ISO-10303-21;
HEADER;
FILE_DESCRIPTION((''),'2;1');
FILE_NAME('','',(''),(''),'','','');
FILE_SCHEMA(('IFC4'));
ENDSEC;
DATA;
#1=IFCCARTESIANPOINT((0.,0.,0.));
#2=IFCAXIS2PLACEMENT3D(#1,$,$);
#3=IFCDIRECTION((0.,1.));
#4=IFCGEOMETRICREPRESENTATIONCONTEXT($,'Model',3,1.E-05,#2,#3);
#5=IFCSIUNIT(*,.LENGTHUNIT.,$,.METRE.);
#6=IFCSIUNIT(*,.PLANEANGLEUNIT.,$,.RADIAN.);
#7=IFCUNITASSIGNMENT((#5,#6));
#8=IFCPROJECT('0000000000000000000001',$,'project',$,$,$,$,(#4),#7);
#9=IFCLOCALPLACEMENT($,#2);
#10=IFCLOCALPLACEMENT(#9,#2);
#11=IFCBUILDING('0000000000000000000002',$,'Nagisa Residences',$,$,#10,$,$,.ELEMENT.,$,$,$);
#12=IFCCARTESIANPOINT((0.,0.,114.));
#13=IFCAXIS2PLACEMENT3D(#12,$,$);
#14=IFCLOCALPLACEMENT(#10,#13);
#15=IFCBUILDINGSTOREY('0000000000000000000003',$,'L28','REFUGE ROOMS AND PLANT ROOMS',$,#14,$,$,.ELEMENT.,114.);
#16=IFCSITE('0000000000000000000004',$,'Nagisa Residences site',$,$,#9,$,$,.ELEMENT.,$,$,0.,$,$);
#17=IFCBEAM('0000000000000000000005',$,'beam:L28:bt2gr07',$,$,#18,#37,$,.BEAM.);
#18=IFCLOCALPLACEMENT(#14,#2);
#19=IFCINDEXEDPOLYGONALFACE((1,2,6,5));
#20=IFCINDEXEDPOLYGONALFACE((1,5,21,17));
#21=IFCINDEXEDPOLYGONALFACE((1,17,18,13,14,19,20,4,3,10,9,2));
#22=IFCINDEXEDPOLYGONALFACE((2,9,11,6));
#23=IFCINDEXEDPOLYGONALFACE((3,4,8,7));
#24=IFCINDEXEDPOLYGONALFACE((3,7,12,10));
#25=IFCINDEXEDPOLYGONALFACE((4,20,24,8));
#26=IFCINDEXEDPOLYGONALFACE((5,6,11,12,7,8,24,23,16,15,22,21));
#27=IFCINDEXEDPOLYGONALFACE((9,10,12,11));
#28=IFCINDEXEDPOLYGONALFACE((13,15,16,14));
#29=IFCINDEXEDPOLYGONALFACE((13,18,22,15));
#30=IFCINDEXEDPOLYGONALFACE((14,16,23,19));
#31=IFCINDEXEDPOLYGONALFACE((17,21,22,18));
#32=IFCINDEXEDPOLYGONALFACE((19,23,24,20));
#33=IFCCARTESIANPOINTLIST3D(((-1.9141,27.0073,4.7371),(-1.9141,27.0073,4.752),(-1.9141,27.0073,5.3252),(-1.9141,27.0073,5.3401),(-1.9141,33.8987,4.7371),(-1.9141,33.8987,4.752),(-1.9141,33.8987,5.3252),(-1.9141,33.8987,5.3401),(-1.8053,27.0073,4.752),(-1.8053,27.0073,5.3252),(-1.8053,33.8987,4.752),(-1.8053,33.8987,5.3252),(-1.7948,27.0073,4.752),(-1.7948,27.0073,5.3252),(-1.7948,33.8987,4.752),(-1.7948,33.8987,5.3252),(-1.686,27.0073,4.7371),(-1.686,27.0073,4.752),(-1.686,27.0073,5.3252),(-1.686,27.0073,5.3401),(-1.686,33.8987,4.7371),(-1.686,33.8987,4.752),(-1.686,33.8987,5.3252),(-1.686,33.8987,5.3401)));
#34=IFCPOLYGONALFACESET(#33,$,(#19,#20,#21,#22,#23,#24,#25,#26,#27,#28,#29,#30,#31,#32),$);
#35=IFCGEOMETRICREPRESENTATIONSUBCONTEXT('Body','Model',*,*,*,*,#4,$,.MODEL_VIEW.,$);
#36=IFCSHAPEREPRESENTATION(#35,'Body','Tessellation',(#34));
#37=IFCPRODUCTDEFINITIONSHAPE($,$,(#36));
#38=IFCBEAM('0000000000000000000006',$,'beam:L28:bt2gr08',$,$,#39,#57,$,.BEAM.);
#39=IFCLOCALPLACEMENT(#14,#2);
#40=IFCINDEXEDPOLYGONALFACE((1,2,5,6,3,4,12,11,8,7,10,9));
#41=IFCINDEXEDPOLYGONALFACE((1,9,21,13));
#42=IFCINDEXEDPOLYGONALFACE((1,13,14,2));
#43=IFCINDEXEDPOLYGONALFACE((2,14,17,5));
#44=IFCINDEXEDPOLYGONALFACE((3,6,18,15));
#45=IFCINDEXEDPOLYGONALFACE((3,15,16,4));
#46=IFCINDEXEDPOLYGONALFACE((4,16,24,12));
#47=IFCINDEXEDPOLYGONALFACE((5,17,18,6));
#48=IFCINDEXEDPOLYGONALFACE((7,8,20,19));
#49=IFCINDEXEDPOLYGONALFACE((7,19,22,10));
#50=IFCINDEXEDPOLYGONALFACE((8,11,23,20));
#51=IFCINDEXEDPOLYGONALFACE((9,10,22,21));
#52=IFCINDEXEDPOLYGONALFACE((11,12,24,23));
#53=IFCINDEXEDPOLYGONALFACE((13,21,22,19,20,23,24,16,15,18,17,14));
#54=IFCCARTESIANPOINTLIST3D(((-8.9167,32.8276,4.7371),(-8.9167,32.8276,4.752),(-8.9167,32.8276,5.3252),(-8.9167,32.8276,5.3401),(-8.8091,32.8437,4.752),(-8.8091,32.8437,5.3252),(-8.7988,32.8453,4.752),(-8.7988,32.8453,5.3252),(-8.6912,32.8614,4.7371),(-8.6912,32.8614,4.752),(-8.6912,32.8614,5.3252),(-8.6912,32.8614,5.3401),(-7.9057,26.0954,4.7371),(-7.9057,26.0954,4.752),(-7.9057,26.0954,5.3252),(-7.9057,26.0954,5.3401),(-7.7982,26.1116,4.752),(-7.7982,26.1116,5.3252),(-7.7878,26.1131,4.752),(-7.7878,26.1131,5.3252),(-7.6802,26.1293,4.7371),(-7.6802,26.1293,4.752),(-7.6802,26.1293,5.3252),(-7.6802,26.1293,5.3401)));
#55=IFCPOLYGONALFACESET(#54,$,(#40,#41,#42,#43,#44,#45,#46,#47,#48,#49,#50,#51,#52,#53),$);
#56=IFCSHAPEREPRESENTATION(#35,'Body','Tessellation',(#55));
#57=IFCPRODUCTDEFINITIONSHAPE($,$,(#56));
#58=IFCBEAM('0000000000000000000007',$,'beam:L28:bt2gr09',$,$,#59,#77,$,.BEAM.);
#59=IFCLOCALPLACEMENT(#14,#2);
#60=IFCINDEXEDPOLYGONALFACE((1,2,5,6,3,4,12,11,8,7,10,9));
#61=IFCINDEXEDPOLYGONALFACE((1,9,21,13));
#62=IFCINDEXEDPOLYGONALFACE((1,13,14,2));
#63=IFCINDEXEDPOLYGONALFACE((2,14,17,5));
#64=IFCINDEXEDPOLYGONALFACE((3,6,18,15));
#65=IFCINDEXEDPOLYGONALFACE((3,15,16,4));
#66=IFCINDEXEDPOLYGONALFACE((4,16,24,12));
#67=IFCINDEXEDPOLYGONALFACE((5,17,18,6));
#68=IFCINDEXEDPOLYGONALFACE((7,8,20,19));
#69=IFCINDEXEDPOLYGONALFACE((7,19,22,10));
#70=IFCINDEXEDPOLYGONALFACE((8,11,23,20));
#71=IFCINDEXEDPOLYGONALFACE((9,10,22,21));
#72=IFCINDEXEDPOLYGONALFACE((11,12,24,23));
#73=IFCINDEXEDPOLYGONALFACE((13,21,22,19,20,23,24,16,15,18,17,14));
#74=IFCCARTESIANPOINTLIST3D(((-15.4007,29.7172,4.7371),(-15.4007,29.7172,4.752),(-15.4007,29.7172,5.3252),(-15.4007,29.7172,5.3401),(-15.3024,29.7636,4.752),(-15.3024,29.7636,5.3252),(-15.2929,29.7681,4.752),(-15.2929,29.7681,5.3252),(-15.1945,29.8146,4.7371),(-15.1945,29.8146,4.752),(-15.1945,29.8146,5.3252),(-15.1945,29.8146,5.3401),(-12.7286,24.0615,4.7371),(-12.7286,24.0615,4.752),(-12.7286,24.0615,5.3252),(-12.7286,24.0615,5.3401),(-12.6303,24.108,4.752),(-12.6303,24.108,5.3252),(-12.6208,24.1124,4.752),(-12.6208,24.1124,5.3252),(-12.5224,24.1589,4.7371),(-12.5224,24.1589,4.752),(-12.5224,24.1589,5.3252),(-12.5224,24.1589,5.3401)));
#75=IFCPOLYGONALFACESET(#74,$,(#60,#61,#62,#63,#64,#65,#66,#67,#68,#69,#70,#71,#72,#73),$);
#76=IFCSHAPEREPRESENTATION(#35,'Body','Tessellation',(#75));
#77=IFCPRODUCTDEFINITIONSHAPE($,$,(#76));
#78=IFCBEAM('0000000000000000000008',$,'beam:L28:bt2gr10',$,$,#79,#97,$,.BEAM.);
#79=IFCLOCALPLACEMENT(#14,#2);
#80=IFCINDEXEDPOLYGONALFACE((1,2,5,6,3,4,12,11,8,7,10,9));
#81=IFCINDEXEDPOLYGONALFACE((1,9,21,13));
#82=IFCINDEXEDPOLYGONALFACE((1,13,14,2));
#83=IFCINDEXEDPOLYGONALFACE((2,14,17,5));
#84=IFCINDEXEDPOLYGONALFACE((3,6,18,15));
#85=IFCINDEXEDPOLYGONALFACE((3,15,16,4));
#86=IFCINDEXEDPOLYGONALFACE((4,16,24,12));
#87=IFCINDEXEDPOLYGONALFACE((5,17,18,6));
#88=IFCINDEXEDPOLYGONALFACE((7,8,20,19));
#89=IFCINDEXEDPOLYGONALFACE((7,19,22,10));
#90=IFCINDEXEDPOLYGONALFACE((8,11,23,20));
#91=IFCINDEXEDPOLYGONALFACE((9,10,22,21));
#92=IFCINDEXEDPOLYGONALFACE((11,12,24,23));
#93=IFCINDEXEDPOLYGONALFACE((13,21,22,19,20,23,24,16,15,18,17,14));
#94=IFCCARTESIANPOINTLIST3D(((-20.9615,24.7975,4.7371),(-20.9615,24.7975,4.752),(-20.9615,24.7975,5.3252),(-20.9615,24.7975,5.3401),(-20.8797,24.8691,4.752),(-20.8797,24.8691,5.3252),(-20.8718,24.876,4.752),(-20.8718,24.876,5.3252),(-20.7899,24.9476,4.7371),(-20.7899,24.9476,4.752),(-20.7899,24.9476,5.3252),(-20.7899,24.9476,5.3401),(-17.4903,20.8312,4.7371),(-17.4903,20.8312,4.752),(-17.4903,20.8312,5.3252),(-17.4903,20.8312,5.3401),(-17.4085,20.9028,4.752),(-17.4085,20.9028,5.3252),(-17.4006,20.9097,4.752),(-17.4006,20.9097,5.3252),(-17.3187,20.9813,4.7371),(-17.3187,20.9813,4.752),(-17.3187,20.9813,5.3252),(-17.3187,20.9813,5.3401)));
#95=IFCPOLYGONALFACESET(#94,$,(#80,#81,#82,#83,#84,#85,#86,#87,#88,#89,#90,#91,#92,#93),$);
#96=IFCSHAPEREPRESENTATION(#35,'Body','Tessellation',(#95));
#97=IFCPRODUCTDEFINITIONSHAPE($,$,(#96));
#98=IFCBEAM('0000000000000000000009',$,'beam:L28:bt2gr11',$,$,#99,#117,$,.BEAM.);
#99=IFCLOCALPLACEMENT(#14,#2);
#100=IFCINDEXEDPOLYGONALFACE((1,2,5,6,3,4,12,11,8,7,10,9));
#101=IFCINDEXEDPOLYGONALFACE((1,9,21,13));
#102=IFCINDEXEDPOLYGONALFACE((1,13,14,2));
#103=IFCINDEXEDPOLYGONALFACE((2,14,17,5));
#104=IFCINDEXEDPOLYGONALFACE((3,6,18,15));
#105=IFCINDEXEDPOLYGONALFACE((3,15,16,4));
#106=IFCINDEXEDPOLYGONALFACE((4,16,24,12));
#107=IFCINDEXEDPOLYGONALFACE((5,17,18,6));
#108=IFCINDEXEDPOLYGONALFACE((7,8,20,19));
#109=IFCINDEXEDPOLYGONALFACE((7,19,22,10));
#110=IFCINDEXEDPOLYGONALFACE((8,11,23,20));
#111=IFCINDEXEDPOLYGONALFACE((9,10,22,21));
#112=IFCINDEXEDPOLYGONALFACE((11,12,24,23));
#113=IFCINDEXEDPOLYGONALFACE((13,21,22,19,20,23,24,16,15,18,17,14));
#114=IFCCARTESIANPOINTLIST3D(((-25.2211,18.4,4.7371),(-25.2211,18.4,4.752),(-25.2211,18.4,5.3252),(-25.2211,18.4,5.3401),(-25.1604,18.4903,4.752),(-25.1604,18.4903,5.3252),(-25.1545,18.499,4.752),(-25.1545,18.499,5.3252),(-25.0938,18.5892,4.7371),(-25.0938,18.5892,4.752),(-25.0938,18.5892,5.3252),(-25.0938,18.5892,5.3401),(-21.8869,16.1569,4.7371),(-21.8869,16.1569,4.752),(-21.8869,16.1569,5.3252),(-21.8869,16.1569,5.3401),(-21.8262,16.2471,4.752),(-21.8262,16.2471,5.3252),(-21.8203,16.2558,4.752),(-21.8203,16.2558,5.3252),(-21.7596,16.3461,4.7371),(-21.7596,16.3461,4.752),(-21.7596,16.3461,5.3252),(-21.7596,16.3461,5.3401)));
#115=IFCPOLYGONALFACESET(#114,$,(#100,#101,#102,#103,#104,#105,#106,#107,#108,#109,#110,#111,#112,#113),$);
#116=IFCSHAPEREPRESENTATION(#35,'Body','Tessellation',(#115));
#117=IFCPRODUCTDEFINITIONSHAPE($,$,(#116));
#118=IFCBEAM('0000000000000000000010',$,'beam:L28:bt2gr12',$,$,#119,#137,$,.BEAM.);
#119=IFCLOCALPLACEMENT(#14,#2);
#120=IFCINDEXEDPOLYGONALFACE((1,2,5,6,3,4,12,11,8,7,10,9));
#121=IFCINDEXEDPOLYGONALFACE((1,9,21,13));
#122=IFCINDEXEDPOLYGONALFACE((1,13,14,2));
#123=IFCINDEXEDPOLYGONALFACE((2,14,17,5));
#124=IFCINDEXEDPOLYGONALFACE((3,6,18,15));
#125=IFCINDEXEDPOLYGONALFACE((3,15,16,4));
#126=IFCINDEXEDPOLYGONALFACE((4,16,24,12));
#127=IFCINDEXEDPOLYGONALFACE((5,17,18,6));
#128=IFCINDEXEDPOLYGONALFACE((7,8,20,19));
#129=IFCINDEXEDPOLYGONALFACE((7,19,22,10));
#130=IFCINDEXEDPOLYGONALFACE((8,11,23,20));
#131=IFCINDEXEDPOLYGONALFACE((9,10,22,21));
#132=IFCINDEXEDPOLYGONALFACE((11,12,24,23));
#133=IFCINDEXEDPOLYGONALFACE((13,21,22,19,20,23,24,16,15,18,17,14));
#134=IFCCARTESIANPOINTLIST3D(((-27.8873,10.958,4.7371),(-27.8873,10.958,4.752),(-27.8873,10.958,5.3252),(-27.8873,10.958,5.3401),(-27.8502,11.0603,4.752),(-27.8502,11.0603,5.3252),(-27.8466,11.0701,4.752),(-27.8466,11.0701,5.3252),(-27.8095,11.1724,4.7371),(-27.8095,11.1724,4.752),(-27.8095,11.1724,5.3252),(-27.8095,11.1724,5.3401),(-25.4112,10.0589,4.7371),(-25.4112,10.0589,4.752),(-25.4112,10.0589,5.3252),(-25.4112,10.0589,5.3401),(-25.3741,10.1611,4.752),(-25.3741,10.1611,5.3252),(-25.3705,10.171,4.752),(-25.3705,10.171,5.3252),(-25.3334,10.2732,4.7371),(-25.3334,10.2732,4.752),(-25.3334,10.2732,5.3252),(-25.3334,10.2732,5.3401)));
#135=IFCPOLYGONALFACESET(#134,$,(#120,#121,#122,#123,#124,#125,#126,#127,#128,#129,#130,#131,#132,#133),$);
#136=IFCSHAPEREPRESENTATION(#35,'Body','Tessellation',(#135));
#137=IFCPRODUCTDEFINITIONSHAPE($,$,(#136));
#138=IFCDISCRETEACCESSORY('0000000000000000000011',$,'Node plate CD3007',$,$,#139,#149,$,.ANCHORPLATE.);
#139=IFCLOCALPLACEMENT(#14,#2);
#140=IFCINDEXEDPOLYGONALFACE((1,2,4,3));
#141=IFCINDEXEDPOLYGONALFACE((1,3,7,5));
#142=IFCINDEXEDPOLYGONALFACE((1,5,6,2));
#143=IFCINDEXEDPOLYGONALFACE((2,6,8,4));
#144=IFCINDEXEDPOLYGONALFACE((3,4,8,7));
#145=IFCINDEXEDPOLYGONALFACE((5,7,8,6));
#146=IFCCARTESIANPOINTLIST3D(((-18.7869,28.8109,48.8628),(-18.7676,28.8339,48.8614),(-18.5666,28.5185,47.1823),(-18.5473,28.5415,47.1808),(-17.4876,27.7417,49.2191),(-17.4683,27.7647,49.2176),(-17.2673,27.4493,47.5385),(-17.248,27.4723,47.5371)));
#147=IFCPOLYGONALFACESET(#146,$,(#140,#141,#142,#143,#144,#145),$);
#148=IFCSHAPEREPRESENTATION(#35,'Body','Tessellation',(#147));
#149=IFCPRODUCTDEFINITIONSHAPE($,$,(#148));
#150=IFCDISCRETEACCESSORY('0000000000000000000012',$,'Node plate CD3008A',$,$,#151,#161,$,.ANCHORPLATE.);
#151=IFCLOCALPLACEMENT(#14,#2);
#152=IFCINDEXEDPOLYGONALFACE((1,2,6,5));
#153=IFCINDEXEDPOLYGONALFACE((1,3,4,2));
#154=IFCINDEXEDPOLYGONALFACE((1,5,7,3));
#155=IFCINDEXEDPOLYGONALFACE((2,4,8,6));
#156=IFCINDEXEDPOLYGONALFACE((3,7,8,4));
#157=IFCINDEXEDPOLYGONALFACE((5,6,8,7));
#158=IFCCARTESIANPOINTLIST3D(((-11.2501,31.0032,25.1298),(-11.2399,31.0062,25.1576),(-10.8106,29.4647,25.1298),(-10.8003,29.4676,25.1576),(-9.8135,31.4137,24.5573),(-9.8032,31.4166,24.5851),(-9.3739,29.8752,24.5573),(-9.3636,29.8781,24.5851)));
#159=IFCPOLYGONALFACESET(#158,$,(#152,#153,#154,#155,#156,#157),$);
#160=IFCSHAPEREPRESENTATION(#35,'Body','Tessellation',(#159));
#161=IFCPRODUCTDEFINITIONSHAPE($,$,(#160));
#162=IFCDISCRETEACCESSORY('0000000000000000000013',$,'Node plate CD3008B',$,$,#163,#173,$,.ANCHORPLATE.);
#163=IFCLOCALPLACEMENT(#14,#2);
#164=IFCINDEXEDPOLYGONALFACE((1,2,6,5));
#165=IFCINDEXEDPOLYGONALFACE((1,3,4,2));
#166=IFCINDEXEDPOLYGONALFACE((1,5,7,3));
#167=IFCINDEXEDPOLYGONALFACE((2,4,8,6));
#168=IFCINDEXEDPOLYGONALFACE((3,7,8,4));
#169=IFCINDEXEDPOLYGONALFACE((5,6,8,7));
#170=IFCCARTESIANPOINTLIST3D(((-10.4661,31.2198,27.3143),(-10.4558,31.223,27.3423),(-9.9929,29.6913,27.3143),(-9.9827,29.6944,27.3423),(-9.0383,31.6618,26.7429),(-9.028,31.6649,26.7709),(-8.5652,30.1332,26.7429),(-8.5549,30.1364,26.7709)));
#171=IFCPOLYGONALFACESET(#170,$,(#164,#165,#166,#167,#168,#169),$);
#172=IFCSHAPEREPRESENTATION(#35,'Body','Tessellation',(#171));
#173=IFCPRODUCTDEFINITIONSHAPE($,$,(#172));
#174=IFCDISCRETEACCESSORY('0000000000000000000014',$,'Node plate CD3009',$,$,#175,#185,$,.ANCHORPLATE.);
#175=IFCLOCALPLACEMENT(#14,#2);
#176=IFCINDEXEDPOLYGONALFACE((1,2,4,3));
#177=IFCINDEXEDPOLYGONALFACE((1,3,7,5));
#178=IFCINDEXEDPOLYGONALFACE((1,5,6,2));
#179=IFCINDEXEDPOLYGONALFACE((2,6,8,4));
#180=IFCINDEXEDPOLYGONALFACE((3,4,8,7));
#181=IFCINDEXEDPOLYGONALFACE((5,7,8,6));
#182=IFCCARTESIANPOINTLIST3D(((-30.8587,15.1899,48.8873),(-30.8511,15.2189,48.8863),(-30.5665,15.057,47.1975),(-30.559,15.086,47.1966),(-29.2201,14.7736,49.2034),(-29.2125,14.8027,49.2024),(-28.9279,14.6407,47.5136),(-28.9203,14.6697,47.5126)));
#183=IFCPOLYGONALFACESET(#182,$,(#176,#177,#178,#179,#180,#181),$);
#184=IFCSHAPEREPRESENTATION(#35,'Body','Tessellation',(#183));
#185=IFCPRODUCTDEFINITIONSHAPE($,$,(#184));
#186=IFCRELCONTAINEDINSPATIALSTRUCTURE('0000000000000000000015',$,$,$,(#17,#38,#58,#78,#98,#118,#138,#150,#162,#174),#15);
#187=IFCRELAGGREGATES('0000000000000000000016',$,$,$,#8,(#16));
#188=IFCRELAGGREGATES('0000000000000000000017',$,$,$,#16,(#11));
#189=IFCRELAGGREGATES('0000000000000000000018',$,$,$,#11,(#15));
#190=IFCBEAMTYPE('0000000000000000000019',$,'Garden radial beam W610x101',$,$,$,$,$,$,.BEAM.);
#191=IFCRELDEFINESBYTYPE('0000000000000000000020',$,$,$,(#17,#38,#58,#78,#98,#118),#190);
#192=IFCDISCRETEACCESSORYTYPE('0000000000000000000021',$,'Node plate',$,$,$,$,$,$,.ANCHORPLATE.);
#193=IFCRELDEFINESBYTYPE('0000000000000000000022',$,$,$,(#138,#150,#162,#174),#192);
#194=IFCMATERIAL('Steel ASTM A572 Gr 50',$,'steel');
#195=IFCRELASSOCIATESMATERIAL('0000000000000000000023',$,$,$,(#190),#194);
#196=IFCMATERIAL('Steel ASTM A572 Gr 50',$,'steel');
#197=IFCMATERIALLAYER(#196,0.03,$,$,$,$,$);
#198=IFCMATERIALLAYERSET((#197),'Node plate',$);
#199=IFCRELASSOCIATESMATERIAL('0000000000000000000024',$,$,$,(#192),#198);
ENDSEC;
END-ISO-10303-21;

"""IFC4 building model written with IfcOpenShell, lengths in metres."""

from ifc_helpers import new_model, si_unit, direction, frame, origin, origin_2d, place, context, subcontext, project, spatial, rectangle, i_section, extrude, material, layer, layer_set, material_profile, profile_set, type_object, element, save


model = new_model("IFC4")

# Units and contexts
model_context = context("Model", 3, precision=1e-05, world=origin(), true_north=direction((0.0, 1.0)))
body_context = subcontext(model_context, "Body", "Model", "MODEL_VIEW")
ifc_project = project(units=[si_unit("LENGTHUNIT", "METRE"), si_unit("PLANEANGLEUNIT", "RADIAN")], contexts=[model_context])

# Site, building, storey
site_placement = place(None, origin())
site = spatial("IfcSite", under=ifc_project, at=site_placement, Name="Nagisa Residences site", CompositionType="ELEMENT", RefElevation=0.0)
building_placement = place(site_placement, origin())
building = spatial("IfcBuilding", under=site, at=building_placement, Name="Nagisa Residences", CompositionType="ELEMENT")
storey_placement = place(building_placement, frame((0.0, 0.0, 114.0)))
storey = spatial("IfcBuildingStorey", under=building, at=storey_placement, Name="L28", Description="REFUGE ROOMS AND PLANT ROOMS", CompositionType="ELEMENT", Elevation=114.0)

# Beams
ifc_material_1 = material(Name="Steel ASTM A572 Gr 50", Category="steel")
ifc_material_profile_1 = material_profile(ifc_material_1, i_section(OverallWidth=0.228, OverallDepth=0.603, WebThickness=0.0105, FlangeThickness=0.0149, at=origin_2d()), Name="W610x101")
ifc_profile_set_1 = profile_set([ifc_material_profile_1], Name="Steel ASTM A572 Gr 50")
beam_type_1 = type_object("IfcBeamType", Name="Garden radial beam W610x101", PredefinedType="BEAM", material=ifc_profile_set_1)
beam_1_placement = place(storey_placement, frame((-1.8, 33.8987, 5.0386), z_axis=(0.0, -1.0, 0.0), x_axis=(1.0, 0.0, 0.0)))
element("IfcBeam", 1, at=beam_1_placement, inside=storey, type_object=beam_type_1, Name="beam:L28:bt2gr07", PredefinedType="BEAM", context=body_context, shape_type="SweptSolid", body=[
    extrude(i_section(OverallWidth=0.228, OverallDepth=0.603, WebThickness=0.0105, FlangeThickness=0.0149, at=origin_2d()), origin(), (0.0, 0.0, 1.0), 6.8914),
])
beam_2_placement = place(storey_placement, frame((-8.804, 32.8445, 5.0386), z_axis=(0.148507, -0.988911, 0.0), x_axis=(0.988911, 0.148507, 0.0)))
element("IfcBeam", 2, at=beam_2_placement, inside=storey, type_object=beam_type_1, Name="beam:L28:bt2gr08", PredefinedType="BEAM", context=body_context, shape_type="SweptSolid", body=[
    extrude(i_section(OverallWidth=0.228, OverallDepth=0.603, WebThickness=0.0105, FlangeThickness=0.0149, at=origin_2d()), origin(), (0.0, 0.0, 1.0), 6.8076),
])
beam_3_placement = place(storey_placement, frame((-15.2976, 29.7659, 5.0386), z_axis=(0.427182, -0.904166, 0.0), x_axis=(0.904166, 0.427182, 0.0)))
element("IfcBeam", 3, at=beam_3_placement, inside=storey, type_object=beam_type_1, Name="beam:L28:bt2gr09", PredefinedType="BEAM", context=body_context, shape_type="SweptSolid", body=[
    extrude(i_section(OverallWidth=0.228, OverallDepth=0.603, WebThickness=0.0105, FlangeThickness=0.0149, at=origin_2d()), origin(), (0.0, 0.0, 1.0), 6.2551),
])
beam_4_placement = place(storey_placement, frame((-20.8757, 24.8726, 5.0386), z_axis=(0.658577, -0.752514, 0.0), x_axis=(0.752514, 0.658577, 0.0)))
element("IfcBeam", 4, at=beam_4_placement, inside=storey, type_object=beam_type_1, Name="beam:L28:bt2gr10", PredefinedType="BEAM", context=body_context, shape_type="SweptSolid", body=[
    extrude(i_section(OverallWidth=0.228, OverallDepth=0.603, WebThickness=0.0105, FlangeThickness=0.0149, at=origin_2d()), origin(), (0.0, 0.0, 1.0), 5.2708),
])
beam_5_placement = place(storey_placement, frame((-25.1575, 18.4946, 5.0386), z_axis=(0.829706, -0.5582, 0.0), x_axis=(0.5582, 0.829706, 0.0)))
element("IfcBeam", 5, at=beam_5_placement, inside=storey, type_object=beam_type_1, Name="beam:L28:bt2gr11", PredefinedType="BEAM", context=body_context, shape_type="SweptSolid", body=[
    extrude(i_section(OverallWidth=0.228, OverallDepth=0.603, WebThickness=0.0105, FlangeThickness=0.0149, at=origin_2d()), origin(), (0.0, 0.0, 1.0), 4.0186),
])
beam_6_placement = place(storey_placement, frame((-27.8484, 11.0652, 5.0386), z_axis=(0.939942, -0.341334, 0.0), x_axis=(0.341334, 0.939942, 0.0)))
element("IfcBeam", 6, at=beam_6_placement, inside=storey, type_object=beam_type_1, Name="beam:L28:bt2gr12", PredefinedType="BEAM", context=body_context, shape_type="SweptSolid", body=[
    extrude(i_section(OverallWidth=0.228, OverallDepth=0.603, WebThickness=0.0105, FlangeThickness=0.0149, at=origin_2d()), origin(), (0.0, 0.0, 1.0), 2.6343),
])

# Discrete accessories
ifc_material_2 = material(Name="Steel ASTM A572 Gr 50", Category="steel")
ifc_layer = layer(ifc_material_2, 0.03)
ifc_layer_set = layer_set([ifc_layer], Name="Node plate")
discrete_accessory_type = type_object("IfcDiscreteAccessoryType", Name="Node plate", PredefinedType="ANCHORPLATE", material=ifc_layer_set)
discrete_accessory_1_placement = place(storey_placement, frame((-18.0078, 28.1531, 48.1992), z_axis=(-0.642616, -0.764632, 0.048806), x_axis=(0.128053, -0.169987, -0.977091)))
element("IfcDiscreteAccessory", 7, at=discrete_accessory_1_placement, inside=storey, type_object=discrete_accessory_type, Name="Node plate CD3007", PredefinedType="ANCHORPLATE", context=body_context, shape_type="SweptSolid", body=[
    extrude(rectangle(XDim=1.72, YDim=1.72, at=origin_2d()), origin(), (0.0, 0.0, 1.0), 0.03),
])
discrete_accessory_2_placement = place(storey_placement, frame((-10.312, 30.4392, 24.8435), z_axis=(0.344031, 0.098295, 0.933799), x_axis=(-0.274721, 0.961524, 0.0)))
element("IfcDiscreteAccessory", 8, at=discrete_accessory_2_placement, inside=storey, type_object=discrete_accessory_type, Name="Node plate CD3008A", PredefinedType="ANCHORPLATE", context=body_context, shape_type="SweptSolid", body=[
    extrude(rectangle(XDim=1.6001, YDim=1.6001, at=origin_2d()), origin(), (0.0, 0.0, 1.0), 0.0298),
])
discrete_accessory_3_placement = place(storey_placement, frame((-9.5054, 30.6797, 27.0566), z_axis=(-0.341137, -0.10559, -0.934065), x_axis=(0.295684, -0.955286, 0.0)))
element("IfcDiscreteAccessory", 9, at=discrete_accessory_3_placement, inside=storey, type_object=discrete_accessory_type, Name="Node plate CD3008B", PredefinedType="ANCHORPLATE", context=body_context, shape_type="SweptSolid", body=[
    extrude(rectangle(XDim=1.6001, YDim=1.6001, at=origin_2d()), origin(), (0.0, 0.0, 1.0), 0.03),
])
discrete_accessory_4_placement = place(storey_placement, frame((-29.8933, 14.9153, 48.2004), z_axis=(0.251958, 0.967192, -0.032511), x_axis=(0.169868, -0.077274, -0.982433)))
element("IfcDiscreteAccessory", 10, at=discrete_accessory_4_placement, inside=storey, type_object=discrete_accessory_type, Name="Node plate CD3009", PredefinedType="ANCHORPLATE", context=body_context, shape_type="SweptSolid", body=[
    extrude(rectangle(XDim=1.72, YDim=1.72, at=origin_2d()), origin(), (0.0, 0.0, 1.0), 0.03),
])

save(model, "model.ifc")
